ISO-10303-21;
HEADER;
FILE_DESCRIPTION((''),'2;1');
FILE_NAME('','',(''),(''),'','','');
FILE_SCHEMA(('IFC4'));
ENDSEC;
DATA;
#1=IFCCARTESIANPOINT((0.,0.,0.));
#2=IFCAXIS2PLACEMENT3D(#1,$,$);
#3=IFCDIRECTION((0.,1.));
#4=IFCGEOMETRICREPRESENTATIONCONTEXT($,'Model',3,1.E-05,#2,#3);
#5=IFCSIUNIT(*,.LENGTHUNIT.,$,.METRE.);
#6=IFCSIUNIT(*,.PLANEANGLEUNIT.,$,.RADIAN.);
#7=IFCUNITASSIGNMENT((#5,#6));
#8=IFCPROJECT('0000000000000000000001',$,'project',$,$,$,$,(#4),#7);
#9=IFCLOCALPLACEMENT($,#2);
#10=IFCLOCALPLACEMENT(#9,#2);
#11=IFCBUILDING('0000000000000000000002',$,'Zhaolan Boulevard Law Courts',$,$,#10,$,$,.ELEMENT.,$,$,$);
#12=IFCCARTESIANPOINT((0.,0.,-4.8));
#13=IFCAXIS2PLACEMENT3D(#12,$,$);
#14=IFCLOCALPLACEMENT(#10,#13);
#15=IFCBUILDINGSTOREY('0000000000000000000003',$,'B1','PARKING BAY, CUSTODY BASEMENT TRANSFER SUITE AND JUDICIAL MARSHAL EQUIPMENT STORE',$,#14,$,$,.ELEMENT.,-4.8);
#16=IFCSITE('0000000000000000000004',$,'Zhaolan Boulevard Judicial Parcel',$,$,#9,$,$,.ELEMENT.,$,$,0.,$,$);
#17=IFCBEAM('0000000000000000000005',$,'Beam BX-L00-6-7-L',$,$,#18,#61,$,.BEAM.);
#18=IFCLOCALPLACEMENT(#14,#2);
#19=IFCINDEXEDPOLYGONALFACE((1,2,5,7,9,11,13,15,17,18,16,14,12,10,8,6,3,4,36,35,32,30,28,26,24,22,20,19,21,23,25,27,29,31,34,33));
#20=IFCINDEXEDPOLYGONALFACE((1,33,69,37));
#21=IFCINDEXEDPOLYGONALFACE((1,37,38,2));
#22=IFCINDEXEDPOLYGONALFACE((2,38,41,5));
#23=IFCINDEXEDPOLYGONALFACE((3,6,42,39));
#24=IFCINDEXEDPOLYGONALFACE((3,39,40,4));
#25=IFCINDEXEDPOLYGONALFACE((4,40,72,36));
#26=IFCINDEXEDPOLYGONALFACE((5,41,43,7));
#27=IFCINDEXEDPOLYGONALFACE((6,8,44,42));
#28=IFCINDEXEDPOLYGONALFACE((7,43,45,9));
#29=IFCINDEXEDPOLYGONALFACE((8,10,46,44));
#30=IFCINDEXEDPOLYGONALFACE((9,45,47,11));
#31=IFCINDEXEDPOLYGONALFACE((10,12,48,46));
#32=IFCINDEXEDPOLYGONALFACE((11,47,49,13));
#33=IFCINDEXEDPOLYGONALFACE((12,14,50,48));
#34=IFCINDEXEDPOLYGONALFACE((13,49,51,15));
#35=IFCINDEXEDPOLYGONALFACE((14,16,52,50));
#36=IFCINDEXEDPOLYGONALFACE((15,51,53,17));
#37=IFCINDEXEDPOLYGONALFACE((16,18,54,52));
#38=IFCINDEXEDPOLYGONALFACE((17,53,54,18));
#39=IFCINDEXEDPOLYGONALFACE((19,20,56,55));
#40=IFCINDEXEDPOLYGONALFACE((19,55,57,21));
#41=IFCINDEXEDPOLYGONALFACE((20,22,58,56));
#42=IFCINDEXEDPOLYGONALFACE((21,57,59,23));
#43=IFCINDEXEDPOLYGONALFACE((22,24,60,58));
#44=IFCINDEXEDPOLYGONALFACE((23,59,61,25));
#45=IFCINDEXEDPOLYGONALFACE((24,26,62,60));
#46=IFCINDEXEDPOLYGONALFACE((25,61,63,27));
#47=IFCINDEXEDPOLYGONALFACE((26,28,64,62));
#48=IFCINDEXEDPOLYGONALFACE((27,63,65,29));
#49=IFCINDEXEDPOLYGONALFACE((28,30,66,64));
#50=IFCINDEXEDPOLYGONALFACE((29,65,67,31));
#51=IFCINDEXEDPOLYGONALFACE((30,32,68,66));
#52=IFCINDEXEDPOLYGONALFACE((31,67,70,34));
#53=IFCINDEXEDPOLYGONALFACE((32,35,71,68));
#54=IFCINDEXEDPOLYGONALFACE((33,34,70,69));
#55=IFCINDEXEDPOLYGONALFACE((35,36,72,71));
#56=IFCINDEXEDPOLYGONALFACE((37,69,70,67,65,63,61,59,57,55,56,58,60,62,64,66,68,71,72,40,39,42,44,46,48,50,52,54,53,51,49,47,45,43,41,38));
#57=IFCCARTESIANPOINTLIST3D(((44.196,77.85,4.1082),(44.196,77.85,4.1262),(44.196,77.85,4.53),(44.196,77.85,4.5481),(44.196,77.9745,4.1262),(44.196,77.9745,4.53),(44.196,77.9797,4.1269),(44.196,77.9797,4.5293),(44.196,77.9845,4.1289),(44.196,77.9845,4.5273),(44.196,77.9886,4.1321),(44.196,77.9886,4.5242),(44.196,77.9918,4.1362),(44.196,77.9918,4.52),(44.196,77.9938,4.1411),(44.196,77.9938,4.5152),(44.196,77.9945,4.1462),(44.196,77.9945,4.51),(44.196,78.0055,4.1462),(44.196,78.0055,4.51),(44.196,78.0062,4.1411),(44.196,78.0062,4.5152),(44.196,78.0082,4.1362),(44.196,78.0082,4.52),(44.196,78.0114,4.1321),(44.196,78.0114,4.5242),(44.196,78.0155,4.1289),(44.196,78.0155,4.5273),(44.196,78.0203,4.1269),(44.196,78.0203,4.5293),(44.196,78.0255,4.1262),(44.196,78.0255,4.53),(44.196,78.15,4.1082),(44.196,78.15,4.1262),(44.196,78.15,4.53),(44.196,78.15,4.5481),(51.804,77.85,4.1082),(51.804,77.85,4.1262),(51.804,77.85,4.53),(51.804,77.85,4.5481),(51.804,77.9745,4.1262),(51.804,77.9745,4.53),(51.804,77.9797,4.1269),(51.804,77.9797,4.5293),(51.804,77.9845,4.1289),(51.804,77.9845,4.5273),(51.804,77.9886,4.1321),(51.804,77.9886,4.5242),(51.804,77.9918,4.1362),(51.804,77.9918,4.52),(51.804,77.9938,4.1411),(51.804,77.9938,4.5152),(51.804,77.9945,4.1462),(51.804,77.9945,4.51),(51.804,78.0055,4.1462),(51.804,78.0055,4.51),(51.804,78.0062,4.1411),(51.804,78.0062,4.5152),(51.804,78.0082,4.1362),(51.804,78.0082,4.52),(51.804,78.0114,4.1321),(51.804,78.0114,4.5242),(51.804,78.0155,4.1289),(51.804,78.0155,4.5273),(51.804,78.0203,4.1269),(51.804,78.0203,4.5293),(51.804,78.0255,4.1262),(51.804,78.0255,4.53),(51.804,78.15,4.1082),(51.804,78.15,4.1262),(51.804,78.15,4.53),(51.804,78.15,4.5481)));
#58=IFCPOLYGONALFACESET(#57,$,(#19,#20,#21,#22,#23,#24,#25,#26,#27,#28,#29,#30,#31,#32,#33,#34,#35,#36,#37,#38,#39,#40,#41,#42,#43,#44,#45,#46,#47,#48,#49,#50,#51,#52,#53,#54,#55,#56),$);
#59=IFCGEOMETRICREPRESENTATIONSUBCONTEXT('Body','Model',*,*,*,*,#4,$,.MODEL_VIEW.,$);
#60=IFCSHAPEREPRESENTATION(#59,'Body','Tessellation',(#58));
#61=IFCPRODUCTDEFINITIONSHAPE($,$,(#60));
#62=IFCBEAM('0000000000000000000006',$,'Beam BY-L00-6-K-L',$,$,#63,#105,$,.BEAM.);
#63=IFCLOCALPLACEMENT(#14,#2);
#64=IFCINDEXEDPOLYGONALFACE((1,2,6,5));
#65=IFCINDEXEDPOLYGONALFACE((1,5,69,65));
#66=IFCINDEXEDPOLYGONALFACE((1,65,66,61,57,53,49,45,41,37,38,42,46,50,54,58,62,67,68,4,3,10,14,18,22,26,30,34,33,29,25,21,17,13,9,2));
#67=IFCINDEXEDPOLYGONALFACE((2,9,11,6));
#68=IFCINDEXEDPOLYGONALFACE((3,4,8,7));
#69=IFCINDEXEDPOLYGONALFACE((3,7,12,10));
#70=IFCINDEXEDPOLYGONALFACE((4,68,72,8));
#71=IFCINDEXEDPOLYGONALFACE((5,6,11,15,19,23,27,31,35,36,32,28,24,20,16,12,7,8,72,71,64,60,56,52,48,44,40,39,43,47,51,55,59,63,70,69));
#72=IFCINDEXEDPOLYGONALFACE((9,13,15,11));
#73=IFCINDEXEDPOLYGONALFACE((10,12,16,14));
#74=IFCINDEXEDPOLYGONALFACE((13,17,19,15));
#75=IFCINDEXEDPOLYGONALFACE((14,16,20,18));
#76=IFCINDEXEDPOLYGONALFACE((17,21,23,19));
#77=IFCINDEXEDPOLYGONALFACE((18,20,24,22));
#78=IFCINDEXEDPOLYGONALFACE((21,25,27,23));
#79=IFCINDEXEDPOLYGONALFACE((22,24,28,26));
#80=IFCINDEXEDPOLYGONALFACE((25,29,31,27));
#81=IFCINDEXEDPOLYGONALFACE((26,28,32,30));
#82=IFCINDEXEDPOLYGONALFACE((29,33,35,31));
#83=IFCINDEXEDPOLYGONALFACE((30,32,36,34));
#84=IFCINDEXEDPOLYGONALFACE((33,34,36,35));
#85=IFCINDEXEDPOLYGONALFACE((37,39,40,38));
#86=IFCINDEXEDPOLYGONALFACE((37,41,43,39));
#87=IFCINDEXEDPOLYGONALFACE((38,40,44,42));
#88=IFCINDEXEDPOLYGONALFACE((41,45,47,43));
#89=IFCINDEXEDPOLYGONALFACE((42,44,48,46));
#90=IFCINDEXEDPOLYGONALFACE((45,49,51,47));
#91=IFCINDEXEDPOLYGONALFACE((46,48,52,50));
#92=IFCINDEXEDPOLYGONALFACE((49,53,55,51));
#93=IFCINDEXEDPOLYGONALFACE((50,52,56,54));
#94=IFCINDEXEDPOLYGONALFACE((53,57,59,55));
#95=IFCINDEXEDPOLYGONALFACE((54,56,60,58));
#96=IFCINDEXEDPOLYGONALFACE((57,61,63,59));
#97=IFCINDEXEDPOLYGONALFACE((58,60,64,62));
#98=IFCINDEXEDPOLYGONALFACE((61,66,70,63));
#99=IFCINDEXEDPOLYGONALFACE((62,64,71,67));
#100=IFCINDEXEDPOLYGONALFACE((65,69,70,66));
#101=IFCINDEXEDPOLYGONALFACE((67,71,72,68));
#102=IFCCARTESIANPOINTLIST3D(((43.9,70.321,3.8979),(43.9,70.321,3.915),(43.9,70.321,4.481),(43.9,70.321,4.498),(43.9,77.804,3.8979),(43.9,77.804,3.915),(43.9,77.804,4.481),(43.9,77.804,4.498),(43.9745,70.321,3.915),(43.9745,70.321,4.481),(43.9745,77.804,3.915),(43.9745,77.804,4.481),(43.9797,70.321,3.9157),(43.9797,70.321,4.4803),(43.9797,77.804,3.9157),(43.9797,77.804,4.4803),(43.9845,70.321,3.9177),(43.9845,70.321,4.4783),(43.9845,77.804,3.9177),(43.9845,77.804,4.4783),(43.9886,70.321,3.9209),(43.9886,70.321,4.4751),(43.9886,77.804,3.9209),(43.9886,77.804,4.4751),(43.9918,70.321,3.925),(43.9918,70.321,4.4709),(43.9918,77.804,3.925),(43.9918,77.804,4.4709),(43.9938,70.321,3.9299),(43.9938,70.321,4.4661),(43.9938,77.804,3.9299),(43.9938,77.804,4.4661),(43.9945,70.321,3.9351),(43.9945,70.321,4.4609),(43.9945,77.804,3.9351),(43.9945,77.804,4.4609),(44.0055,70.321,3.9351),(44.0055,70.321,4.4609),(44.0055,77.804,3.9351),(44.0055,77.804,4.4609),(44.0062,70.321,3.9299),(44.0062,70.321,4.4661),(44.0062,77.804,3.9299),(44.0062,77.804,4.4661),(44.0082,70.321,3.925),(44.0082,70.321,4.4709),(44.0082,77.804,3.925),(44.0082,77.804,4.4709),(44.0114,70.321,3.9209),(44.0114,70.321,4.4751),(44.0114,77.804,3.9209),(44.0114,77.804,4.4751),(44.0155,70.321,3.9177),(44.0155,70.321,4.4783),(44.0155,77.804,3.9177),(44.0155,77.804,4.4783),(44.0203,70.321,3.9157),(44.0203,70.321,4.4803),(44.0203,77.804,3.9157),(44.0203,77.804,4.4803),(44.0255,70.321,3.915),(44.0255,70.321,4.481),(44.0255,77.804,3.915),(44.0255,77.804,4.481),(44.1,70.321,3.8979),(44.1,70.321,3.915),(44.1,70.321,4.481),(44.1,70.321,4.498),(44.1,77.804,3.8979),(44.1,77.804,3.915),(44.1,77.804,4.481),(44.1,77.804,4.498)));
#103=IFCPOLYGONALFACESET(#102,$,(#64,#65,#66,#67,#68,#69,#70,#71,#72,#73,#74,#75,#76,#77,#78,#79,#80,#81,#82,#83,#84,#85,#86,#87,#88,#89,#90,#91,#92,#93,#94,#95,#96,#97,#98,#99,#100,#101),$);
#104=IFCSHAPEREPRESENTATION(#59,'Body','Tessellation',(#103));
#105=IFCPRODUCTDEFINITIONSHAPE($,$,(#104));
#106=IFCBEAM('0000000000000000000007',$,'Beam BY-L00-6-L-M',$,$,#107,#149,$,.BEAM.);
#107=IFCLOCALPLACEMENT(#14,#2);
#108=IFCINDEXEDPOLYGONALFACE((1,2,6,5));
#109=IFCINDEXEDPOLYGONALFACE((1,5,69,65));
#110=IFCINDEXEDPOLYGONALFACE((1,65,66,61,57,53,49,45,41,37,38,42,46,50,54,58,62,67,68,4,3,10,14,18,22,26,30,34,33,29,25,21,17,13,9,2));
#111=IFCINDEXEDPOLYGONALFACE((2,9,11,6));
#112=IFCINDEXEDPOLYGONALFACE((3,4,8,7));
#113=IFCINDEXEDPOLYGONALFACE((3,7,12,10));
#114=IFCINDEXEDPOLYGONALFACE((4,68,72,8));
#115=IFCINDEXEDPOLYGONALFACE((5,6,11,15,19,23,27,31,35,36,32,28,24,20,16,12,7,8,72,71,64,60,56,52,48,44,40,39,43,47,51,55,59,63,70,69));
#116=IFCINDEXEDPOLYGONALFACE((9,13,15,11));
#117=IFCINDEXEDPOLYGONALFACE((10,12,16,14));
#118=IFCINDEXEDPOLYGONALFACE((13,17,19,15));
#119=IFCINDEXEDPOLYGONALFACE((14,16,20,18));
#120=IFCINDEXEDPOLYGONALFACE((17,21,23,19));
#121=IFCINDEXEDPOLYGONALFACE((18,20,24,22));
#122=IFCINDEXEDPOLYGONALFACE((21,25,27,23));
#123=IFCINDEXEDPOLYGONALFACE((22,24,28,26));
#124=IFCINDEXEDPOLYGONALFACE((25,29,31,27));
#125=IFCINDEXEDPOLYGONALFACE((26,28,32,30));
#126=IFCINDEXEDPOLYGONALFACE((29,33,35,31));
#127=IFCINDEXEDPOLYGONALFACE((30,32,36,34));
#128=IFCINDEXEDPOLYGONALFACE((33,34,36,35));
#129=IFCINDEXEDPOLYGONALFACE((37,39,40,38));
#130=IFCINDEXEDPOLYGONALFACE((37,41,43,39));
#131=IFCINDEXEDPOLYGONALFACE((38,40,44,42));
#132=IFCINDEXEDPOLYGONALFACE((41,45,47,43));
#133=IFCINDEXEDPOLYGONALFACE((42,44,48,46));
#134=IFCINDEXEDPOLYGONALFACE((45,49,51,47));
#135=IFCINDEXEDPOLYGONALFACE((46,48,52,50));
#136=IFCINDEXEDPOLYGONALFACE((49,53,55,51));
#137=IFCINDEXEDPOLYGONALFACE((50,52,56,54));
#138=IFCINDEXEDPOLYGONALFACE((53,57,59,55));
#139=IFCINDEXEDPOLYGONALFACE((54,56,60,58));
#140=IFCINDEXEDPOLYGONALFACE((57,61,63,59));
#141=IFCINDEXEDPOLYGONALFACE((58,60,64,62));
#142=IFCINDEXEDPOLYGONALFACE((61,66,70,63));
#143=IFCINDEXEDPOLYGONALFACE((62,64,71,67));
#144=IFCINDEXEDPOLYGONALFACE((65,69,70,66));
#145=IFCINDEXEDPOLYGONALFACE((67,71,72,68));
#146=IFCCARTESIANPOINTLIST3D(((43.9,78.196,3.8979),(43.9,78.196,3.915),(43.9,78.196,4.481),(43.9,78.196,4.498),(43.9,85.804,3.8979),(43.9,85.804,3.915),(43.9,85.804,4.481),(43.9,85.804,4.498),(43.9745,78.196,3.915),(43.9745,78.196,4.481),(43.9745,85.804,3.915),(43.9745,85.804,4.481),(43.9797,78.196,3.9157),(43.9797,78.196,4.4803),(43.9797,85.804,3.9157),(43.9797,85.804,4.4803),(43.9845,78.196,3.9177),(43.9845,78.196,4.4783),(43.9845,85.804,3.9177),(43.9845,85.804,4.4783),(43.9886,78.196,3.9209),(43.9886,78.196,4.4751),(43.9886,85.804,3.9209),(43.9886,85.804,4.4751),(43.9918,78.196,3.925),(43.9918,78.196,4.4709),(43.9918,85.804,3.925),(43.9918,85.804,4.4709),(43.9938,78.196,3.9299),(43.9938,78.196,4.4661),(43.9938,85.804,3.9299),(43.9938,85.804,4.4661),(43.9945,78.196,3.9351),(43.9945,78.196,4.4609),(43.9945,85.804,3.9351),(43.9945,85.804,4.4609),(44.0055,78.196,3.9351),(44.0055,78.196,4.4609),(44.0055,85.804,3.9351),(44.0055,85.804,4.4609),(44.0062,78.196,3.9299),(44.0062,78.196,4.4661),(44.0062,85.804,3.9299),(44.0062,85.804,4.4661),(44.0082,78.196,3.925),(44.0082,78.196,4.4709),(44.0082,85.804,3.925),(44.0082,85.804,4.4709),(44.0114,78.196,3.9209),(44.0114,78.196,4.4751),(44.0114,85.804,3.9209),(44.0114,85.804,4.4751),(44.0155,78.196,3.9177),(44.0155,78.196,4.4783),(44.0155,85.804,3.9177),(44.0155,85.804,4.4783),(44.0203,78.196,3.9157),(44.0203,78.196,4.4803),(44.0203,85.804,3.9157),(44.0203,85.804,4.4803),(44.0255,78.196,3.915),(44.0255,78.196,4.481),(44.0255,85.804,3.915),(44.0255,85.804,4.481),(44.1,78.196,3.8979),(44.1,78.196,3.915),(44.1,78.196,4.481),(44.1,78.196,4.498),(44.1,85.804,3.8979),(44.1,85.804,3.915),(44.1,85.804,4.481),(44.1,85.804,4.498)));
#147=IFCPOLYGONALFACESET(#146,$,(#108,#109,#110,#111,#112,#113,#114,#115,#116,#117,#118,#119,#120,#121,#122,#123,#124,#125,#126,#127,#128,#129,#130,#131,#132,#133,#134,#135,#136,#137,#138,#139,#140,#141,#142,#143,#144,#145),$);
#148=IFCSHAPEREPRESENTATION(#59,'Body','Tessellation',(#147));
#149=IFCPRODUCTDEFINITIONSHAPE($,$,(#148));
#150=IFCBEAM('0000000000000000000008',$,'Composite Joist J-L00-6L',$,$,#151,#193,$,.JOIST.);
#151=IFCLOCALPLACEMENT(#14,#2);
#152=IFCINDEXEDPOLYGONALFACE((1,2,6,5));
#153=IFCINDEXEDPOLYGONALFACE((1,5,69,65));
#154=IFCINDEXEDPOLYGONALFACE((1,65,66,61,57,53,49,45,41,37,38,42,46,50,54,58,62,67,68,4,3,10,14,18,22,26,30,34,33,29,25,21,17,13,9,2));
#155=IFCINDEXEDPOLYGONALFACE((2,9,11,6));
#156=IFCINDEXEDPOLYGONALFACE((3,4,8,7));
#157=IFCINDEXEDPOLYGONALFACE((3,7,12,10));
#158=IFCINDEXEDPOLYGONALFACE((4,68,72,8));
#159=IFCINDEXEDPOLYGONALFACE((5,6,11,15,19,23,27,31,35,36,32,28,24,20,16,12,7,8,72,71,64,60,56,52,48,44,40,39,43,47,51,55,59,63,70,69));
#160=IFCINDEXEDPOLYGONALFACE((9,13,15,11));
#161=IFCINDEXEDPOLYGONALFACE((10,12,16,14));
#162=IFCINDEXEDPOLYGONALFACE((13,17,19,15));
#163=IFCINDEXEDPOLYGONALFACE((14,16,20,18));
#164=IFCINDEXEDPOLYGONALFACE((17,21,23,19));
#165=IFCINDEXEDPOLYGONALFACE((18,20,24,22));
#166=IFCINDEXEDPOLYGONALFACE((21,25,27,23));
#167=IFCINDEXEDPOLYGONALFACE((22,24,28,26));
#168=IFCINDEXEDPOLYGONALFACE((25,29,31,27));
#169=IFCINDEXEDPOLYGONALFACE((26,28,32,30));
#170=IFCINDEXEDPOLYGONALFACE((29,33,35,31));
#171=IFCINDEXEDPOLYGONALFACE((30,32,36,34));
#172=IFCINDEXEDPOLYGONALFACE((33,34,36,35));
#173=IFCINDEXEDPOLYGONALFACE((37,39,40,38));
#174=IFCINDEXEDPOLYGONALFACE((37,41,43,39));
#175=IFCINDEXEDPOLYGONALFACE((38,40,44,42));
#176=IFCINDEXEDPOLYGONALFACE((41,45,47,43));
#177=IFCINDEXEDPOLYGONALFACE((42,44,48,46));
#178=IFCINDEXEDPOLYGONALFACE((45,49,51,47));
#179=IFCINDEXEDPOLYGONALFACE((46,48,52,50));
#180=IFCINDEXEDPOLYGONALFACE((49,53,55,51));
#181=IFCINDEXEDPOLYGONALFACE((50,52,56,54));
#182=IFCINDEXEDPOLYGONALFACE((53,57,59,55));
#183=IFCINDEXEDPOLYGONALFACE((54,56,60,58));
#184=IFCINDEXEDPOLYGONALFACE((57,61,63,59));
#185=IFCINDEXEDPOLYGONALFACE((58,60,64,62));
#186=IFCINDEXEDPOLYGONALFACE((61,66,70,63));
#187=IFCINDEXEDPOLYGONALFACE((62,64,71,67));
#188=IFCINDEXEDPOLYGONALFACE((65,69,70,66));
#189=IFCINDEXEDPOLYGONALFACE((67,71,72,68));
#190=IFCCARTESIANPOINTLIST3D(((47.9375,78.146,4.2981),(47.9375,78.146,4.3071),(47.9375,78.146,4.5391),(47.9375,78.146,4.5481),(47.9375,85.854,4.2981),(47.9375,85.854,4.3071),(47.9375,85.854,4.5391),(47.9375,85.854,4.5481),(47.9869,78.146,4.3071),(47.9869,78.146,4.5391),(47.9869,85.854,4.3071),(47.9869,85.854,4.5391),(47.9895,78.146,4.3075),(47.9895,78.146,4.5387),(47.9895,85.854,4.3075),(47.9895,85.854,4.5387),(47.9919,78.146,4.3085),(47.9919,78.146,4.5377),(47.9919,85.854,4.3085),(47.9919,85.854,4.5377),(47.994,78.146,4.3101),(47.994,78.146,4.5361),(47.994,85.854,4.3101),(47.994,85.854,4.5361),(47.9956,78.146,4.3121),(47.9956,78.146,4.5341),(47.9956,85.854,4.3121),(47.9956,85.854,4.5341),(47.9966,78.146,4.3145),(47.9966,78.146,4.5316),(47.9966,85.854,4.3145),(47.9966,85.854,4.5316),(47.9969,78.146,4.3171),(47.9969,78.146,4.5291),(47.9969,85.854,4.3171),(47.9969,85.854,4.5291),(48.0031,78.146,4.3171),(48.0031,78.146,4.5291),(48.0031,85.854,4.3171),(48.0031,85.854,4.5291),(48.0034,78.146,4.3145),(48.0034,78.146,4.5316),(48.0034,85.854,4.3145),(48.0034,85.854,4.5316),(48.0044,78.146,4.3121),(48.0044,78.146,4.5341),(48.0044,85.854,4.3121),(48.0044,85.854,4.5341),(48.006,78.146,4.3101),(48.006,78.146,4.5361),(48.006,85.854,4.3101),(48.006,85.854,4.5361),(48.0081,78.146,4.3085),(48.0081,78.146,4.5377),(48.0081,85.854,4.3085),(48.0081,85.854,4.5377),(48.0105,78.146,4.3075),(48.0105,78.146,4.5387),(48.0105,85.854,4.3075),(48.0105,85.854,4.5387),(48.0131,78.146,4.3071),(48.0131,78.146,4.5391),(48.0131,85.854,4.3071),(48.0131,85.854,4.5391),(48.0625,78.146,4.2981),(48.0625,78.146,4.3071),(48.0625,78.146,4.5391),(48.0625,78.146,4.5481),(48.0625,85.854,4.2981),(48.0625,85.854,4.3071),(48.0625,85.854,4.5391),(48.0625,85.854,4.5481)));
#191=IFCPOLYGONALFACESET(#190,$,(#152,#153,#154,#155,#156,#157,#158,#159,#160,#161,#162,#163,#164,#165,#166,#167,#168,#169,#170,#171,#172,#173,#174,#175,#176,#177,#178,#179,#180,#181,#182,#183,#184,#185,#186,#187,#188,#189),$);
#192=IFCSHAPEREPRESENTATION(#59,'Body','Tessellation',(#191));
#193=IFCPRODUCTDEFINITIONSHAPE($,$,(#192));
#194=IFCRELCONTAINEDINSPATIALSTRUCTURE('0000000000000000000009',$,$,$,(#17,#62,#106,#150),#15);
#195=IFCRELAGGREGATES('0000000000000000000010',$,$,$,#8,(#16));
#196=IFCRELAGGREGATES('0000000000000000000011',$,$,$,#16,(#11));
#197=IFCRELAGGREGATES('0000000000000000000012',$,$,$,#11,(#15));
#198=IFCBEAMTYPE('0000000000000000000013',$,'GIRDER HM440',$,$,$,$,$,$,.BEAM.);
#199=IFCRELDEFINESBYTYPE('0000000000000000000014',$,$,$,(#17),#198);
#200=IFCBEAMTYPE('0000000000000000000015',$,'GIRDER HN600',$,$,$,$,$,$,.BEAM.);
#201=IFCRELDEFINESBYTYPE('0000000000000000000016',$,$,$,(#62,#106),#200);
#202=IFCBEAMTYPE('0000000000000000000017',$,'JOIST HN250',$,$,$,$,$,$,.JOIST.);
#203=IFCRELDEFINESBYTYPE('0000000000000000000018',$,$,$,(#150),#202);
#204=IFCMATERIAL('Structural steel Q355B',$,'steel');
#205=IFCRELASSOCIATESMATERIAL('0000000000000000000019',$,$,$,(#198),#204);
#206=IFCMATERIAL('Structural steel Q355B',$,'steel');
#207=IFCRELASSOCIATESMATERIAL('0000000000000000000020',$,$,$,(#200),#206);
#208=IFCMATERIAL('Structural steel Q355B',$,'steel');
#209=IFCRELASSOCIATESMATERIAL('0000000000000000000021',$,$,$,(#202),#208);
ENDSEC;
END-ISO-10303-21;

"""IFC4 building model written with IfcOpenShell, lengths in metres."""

from ifc_helpers import new_model, si_unit, direction, frame, origin, origin_2d, place, context, subcontext, project, spatial, i_section, extrude, material, material_profile, profile_set, type_object, element, save


model = new_model("IFC4")

# Units and contexts
model_context = context("Model", 3, precision=1e-05, world=origin(), true_north=direction((0.0, 1.0)))
body_context = subcontext(model_context, "Body", "Model", "MODEL_VIEW")
ifc_project = project(units=[si_unit("LENGTHUNIT", "METRE"), si_unit("PLANEANGLEUNIT", "RADIAN")], contexts=[model_context])

# Site, building, storey
site_placement = place(None, origin())
site = spatial("IfcSite", under=ifc_project, at=site_placement, Name="Zhaolan Boulevard Judicial Parcel", CompositionType="ELEMENT", RefElevation=0.0)
building_placement = place(site_placement, origin())
building = spatial("IfcBuilding", under=site, at=building_placement, Name="Zhaolan Boulevard Law Courts", CompositionType="ELEMENT")
storey_placement = place(building_placement, frame((0.0, 0.0, -4.8)))
storey = spatial("IfcBuildingStorey", under=building, at=storey_placement, Name="B1", Description="PARKING BAY, CUSTODY BASEMENT TRANSFER SUITE AND JUDICIAL MARSHAL EQUIPMENT STORE", CompositionType="ELEMENT", Elevation=-4.8)

# Beams
ifc_material_1 = material(Name="Structural steel Q355B", Category="steel")
ifc_material_profile_1 = material_profile(ifc_material_1, i_section(OverallWidth=0.3, OverallDepth=0.4399, WebThickness=0.011, FlangeThickness=0.0181, FilletRadius=0.02, at=origin_2d()), Name="HM440x300")
ifc_profile_set_1 = profile_set([ifc_material_profile_1], Name="Structural steel Q355B")
beam_type_1 = type_object("IfcBeamType", Name="GIRDER HM440", PredefinedType="BEAM", material=ifc_profile_set_1)
beam_1_placement = place(storey_placement, frame((44.196, 78.0, 4.3281), z_axis=(1.0, 0.0, 0.0), x_axis=(0.0, 1.0, 0.0)))
element("IfcBeam", 1, at=beam_1_placement, inside=storey, type_object=beam_type_1, Name="Beam BX-L00-6-7-L", PredefinedType="BEAM", context=body_context, shape_type="SweptSolid", body=[
    extrude(i_section(OverallWidth=0.3, OverallDepth=0.4399, WebThickness=0.011, FlangeThickness=0.0181, FilletRadius=0.02, at=origin_2d()), origin(), (0.0, 0.0, 1.0), 7.6079),
])
ifc_material_2 = material(Name="Structural steel Q355B", Category="steel")
ifc_material_profile_2 = material_profile(ifc_material_2, i_section(OverallWidth=0.2, OverallDepth=0.6001, WebThickness=0.011, FlangeThickness=0.0171, FilletRadius=0.02, at=origin_2d()), Name="HN600x200")
ifc_profile_set_2 = profile_set([ifc_material_profile_2], Name="Structural steel Q355B")
beam_type_2 = type_object("IfcBeamType", Name="GIRDER HN600", PredefinedType="BEAM", material=ifc_profile_set_2)
beam_2_placement = place(storey_placement, frame((44.0, 70.321, 4.198), z_axis=(0.0, 1.0, 0.0), x_axis=(-1.0, 0.0, 0.0)))
element("IfcBeam", 2, at=beam_2_placement, inside=storey, type_object=beam_type_2, Name="Beam BY-L00-6-K-L", PredefinedType="BEAM", context=body_context, shape_type="SweptSolid", body=[
    extrude(i_section(OverallWidth=0.2, OverallDepth=0.6001, WebThickness=0.011, FlangeThickness=0.0171, FilletRadius=0.02, at=origin_2d()), origin(), (0.0, 0.0, 1.0), 7.4829),
])
beam_3_placement = place(storey_placement, frame((44.0, 78.196, 4.198), z_axis=(0.0, 1.0, 0.0), x_axis=(-1.0, 0.0, 0.0)))
element("IfcBeam", 3, at=beam_3_placement, inside=storey, type_object=beam_type_2, Name="Beam BY-L00-6-L-M", PredefinedType="BEAM", context=body_context, shape_type="SweptSolid", body=[
    extrude(i_section(OverallWidth=0.2, OverallDepth=0.6001, WebThickness=0.011, FlangeThickness=0.0171, FilletRadius=0.02, at=origin_2d()), origin(), (0.0, 0.0, 1.0), 7.6079),
])
ifc_material_3 = material(Name="Structural steel Q355B", Category="steel")
ifc_material_profile_3 = material_profile(ifc_material_3, i_section(OverallWidth=0.125, OverallDepth=0.25, WebThickness=0.0061, FlangeThickness=0.009, FilletRadius=0.01, at=origin_2d()), Name="HN250x125")
ifc_profile_set_3 = profile_set([ifc_material_profile_3], Name="Structural steel Q355B")
beam_type_3 = type_object("IfcBeamType", Name="JOIST HN250", PredefinedType="JOIST", material=ifc_profile_set_3)
beam_4_placement = place(storey_placement, frame((48.0, 78.146, 4.4231), z_axis=(0.0, 1.0, 0.0), x_axis=(-1.0, 0.0, 0.0)))
element("IfcBeam", 4, at=beam_4_placement, inside=storey, type_object=beam_type_3, Name="Composite Joist J-L00-6L", PredefinedType="JOIST", context=body_context, shape_type="SweptSolid", body=[
    extrude(i_section(OverallWidth=0.125, OverallDepth=0.25, WebThickness=0.0061, FlangeThickness=0.009, FilletRadius=0.01, at=origin_2d()), origin(), (0.0, 0.0, 1.0), 7.708),
])

save(model, "model.ifc")
